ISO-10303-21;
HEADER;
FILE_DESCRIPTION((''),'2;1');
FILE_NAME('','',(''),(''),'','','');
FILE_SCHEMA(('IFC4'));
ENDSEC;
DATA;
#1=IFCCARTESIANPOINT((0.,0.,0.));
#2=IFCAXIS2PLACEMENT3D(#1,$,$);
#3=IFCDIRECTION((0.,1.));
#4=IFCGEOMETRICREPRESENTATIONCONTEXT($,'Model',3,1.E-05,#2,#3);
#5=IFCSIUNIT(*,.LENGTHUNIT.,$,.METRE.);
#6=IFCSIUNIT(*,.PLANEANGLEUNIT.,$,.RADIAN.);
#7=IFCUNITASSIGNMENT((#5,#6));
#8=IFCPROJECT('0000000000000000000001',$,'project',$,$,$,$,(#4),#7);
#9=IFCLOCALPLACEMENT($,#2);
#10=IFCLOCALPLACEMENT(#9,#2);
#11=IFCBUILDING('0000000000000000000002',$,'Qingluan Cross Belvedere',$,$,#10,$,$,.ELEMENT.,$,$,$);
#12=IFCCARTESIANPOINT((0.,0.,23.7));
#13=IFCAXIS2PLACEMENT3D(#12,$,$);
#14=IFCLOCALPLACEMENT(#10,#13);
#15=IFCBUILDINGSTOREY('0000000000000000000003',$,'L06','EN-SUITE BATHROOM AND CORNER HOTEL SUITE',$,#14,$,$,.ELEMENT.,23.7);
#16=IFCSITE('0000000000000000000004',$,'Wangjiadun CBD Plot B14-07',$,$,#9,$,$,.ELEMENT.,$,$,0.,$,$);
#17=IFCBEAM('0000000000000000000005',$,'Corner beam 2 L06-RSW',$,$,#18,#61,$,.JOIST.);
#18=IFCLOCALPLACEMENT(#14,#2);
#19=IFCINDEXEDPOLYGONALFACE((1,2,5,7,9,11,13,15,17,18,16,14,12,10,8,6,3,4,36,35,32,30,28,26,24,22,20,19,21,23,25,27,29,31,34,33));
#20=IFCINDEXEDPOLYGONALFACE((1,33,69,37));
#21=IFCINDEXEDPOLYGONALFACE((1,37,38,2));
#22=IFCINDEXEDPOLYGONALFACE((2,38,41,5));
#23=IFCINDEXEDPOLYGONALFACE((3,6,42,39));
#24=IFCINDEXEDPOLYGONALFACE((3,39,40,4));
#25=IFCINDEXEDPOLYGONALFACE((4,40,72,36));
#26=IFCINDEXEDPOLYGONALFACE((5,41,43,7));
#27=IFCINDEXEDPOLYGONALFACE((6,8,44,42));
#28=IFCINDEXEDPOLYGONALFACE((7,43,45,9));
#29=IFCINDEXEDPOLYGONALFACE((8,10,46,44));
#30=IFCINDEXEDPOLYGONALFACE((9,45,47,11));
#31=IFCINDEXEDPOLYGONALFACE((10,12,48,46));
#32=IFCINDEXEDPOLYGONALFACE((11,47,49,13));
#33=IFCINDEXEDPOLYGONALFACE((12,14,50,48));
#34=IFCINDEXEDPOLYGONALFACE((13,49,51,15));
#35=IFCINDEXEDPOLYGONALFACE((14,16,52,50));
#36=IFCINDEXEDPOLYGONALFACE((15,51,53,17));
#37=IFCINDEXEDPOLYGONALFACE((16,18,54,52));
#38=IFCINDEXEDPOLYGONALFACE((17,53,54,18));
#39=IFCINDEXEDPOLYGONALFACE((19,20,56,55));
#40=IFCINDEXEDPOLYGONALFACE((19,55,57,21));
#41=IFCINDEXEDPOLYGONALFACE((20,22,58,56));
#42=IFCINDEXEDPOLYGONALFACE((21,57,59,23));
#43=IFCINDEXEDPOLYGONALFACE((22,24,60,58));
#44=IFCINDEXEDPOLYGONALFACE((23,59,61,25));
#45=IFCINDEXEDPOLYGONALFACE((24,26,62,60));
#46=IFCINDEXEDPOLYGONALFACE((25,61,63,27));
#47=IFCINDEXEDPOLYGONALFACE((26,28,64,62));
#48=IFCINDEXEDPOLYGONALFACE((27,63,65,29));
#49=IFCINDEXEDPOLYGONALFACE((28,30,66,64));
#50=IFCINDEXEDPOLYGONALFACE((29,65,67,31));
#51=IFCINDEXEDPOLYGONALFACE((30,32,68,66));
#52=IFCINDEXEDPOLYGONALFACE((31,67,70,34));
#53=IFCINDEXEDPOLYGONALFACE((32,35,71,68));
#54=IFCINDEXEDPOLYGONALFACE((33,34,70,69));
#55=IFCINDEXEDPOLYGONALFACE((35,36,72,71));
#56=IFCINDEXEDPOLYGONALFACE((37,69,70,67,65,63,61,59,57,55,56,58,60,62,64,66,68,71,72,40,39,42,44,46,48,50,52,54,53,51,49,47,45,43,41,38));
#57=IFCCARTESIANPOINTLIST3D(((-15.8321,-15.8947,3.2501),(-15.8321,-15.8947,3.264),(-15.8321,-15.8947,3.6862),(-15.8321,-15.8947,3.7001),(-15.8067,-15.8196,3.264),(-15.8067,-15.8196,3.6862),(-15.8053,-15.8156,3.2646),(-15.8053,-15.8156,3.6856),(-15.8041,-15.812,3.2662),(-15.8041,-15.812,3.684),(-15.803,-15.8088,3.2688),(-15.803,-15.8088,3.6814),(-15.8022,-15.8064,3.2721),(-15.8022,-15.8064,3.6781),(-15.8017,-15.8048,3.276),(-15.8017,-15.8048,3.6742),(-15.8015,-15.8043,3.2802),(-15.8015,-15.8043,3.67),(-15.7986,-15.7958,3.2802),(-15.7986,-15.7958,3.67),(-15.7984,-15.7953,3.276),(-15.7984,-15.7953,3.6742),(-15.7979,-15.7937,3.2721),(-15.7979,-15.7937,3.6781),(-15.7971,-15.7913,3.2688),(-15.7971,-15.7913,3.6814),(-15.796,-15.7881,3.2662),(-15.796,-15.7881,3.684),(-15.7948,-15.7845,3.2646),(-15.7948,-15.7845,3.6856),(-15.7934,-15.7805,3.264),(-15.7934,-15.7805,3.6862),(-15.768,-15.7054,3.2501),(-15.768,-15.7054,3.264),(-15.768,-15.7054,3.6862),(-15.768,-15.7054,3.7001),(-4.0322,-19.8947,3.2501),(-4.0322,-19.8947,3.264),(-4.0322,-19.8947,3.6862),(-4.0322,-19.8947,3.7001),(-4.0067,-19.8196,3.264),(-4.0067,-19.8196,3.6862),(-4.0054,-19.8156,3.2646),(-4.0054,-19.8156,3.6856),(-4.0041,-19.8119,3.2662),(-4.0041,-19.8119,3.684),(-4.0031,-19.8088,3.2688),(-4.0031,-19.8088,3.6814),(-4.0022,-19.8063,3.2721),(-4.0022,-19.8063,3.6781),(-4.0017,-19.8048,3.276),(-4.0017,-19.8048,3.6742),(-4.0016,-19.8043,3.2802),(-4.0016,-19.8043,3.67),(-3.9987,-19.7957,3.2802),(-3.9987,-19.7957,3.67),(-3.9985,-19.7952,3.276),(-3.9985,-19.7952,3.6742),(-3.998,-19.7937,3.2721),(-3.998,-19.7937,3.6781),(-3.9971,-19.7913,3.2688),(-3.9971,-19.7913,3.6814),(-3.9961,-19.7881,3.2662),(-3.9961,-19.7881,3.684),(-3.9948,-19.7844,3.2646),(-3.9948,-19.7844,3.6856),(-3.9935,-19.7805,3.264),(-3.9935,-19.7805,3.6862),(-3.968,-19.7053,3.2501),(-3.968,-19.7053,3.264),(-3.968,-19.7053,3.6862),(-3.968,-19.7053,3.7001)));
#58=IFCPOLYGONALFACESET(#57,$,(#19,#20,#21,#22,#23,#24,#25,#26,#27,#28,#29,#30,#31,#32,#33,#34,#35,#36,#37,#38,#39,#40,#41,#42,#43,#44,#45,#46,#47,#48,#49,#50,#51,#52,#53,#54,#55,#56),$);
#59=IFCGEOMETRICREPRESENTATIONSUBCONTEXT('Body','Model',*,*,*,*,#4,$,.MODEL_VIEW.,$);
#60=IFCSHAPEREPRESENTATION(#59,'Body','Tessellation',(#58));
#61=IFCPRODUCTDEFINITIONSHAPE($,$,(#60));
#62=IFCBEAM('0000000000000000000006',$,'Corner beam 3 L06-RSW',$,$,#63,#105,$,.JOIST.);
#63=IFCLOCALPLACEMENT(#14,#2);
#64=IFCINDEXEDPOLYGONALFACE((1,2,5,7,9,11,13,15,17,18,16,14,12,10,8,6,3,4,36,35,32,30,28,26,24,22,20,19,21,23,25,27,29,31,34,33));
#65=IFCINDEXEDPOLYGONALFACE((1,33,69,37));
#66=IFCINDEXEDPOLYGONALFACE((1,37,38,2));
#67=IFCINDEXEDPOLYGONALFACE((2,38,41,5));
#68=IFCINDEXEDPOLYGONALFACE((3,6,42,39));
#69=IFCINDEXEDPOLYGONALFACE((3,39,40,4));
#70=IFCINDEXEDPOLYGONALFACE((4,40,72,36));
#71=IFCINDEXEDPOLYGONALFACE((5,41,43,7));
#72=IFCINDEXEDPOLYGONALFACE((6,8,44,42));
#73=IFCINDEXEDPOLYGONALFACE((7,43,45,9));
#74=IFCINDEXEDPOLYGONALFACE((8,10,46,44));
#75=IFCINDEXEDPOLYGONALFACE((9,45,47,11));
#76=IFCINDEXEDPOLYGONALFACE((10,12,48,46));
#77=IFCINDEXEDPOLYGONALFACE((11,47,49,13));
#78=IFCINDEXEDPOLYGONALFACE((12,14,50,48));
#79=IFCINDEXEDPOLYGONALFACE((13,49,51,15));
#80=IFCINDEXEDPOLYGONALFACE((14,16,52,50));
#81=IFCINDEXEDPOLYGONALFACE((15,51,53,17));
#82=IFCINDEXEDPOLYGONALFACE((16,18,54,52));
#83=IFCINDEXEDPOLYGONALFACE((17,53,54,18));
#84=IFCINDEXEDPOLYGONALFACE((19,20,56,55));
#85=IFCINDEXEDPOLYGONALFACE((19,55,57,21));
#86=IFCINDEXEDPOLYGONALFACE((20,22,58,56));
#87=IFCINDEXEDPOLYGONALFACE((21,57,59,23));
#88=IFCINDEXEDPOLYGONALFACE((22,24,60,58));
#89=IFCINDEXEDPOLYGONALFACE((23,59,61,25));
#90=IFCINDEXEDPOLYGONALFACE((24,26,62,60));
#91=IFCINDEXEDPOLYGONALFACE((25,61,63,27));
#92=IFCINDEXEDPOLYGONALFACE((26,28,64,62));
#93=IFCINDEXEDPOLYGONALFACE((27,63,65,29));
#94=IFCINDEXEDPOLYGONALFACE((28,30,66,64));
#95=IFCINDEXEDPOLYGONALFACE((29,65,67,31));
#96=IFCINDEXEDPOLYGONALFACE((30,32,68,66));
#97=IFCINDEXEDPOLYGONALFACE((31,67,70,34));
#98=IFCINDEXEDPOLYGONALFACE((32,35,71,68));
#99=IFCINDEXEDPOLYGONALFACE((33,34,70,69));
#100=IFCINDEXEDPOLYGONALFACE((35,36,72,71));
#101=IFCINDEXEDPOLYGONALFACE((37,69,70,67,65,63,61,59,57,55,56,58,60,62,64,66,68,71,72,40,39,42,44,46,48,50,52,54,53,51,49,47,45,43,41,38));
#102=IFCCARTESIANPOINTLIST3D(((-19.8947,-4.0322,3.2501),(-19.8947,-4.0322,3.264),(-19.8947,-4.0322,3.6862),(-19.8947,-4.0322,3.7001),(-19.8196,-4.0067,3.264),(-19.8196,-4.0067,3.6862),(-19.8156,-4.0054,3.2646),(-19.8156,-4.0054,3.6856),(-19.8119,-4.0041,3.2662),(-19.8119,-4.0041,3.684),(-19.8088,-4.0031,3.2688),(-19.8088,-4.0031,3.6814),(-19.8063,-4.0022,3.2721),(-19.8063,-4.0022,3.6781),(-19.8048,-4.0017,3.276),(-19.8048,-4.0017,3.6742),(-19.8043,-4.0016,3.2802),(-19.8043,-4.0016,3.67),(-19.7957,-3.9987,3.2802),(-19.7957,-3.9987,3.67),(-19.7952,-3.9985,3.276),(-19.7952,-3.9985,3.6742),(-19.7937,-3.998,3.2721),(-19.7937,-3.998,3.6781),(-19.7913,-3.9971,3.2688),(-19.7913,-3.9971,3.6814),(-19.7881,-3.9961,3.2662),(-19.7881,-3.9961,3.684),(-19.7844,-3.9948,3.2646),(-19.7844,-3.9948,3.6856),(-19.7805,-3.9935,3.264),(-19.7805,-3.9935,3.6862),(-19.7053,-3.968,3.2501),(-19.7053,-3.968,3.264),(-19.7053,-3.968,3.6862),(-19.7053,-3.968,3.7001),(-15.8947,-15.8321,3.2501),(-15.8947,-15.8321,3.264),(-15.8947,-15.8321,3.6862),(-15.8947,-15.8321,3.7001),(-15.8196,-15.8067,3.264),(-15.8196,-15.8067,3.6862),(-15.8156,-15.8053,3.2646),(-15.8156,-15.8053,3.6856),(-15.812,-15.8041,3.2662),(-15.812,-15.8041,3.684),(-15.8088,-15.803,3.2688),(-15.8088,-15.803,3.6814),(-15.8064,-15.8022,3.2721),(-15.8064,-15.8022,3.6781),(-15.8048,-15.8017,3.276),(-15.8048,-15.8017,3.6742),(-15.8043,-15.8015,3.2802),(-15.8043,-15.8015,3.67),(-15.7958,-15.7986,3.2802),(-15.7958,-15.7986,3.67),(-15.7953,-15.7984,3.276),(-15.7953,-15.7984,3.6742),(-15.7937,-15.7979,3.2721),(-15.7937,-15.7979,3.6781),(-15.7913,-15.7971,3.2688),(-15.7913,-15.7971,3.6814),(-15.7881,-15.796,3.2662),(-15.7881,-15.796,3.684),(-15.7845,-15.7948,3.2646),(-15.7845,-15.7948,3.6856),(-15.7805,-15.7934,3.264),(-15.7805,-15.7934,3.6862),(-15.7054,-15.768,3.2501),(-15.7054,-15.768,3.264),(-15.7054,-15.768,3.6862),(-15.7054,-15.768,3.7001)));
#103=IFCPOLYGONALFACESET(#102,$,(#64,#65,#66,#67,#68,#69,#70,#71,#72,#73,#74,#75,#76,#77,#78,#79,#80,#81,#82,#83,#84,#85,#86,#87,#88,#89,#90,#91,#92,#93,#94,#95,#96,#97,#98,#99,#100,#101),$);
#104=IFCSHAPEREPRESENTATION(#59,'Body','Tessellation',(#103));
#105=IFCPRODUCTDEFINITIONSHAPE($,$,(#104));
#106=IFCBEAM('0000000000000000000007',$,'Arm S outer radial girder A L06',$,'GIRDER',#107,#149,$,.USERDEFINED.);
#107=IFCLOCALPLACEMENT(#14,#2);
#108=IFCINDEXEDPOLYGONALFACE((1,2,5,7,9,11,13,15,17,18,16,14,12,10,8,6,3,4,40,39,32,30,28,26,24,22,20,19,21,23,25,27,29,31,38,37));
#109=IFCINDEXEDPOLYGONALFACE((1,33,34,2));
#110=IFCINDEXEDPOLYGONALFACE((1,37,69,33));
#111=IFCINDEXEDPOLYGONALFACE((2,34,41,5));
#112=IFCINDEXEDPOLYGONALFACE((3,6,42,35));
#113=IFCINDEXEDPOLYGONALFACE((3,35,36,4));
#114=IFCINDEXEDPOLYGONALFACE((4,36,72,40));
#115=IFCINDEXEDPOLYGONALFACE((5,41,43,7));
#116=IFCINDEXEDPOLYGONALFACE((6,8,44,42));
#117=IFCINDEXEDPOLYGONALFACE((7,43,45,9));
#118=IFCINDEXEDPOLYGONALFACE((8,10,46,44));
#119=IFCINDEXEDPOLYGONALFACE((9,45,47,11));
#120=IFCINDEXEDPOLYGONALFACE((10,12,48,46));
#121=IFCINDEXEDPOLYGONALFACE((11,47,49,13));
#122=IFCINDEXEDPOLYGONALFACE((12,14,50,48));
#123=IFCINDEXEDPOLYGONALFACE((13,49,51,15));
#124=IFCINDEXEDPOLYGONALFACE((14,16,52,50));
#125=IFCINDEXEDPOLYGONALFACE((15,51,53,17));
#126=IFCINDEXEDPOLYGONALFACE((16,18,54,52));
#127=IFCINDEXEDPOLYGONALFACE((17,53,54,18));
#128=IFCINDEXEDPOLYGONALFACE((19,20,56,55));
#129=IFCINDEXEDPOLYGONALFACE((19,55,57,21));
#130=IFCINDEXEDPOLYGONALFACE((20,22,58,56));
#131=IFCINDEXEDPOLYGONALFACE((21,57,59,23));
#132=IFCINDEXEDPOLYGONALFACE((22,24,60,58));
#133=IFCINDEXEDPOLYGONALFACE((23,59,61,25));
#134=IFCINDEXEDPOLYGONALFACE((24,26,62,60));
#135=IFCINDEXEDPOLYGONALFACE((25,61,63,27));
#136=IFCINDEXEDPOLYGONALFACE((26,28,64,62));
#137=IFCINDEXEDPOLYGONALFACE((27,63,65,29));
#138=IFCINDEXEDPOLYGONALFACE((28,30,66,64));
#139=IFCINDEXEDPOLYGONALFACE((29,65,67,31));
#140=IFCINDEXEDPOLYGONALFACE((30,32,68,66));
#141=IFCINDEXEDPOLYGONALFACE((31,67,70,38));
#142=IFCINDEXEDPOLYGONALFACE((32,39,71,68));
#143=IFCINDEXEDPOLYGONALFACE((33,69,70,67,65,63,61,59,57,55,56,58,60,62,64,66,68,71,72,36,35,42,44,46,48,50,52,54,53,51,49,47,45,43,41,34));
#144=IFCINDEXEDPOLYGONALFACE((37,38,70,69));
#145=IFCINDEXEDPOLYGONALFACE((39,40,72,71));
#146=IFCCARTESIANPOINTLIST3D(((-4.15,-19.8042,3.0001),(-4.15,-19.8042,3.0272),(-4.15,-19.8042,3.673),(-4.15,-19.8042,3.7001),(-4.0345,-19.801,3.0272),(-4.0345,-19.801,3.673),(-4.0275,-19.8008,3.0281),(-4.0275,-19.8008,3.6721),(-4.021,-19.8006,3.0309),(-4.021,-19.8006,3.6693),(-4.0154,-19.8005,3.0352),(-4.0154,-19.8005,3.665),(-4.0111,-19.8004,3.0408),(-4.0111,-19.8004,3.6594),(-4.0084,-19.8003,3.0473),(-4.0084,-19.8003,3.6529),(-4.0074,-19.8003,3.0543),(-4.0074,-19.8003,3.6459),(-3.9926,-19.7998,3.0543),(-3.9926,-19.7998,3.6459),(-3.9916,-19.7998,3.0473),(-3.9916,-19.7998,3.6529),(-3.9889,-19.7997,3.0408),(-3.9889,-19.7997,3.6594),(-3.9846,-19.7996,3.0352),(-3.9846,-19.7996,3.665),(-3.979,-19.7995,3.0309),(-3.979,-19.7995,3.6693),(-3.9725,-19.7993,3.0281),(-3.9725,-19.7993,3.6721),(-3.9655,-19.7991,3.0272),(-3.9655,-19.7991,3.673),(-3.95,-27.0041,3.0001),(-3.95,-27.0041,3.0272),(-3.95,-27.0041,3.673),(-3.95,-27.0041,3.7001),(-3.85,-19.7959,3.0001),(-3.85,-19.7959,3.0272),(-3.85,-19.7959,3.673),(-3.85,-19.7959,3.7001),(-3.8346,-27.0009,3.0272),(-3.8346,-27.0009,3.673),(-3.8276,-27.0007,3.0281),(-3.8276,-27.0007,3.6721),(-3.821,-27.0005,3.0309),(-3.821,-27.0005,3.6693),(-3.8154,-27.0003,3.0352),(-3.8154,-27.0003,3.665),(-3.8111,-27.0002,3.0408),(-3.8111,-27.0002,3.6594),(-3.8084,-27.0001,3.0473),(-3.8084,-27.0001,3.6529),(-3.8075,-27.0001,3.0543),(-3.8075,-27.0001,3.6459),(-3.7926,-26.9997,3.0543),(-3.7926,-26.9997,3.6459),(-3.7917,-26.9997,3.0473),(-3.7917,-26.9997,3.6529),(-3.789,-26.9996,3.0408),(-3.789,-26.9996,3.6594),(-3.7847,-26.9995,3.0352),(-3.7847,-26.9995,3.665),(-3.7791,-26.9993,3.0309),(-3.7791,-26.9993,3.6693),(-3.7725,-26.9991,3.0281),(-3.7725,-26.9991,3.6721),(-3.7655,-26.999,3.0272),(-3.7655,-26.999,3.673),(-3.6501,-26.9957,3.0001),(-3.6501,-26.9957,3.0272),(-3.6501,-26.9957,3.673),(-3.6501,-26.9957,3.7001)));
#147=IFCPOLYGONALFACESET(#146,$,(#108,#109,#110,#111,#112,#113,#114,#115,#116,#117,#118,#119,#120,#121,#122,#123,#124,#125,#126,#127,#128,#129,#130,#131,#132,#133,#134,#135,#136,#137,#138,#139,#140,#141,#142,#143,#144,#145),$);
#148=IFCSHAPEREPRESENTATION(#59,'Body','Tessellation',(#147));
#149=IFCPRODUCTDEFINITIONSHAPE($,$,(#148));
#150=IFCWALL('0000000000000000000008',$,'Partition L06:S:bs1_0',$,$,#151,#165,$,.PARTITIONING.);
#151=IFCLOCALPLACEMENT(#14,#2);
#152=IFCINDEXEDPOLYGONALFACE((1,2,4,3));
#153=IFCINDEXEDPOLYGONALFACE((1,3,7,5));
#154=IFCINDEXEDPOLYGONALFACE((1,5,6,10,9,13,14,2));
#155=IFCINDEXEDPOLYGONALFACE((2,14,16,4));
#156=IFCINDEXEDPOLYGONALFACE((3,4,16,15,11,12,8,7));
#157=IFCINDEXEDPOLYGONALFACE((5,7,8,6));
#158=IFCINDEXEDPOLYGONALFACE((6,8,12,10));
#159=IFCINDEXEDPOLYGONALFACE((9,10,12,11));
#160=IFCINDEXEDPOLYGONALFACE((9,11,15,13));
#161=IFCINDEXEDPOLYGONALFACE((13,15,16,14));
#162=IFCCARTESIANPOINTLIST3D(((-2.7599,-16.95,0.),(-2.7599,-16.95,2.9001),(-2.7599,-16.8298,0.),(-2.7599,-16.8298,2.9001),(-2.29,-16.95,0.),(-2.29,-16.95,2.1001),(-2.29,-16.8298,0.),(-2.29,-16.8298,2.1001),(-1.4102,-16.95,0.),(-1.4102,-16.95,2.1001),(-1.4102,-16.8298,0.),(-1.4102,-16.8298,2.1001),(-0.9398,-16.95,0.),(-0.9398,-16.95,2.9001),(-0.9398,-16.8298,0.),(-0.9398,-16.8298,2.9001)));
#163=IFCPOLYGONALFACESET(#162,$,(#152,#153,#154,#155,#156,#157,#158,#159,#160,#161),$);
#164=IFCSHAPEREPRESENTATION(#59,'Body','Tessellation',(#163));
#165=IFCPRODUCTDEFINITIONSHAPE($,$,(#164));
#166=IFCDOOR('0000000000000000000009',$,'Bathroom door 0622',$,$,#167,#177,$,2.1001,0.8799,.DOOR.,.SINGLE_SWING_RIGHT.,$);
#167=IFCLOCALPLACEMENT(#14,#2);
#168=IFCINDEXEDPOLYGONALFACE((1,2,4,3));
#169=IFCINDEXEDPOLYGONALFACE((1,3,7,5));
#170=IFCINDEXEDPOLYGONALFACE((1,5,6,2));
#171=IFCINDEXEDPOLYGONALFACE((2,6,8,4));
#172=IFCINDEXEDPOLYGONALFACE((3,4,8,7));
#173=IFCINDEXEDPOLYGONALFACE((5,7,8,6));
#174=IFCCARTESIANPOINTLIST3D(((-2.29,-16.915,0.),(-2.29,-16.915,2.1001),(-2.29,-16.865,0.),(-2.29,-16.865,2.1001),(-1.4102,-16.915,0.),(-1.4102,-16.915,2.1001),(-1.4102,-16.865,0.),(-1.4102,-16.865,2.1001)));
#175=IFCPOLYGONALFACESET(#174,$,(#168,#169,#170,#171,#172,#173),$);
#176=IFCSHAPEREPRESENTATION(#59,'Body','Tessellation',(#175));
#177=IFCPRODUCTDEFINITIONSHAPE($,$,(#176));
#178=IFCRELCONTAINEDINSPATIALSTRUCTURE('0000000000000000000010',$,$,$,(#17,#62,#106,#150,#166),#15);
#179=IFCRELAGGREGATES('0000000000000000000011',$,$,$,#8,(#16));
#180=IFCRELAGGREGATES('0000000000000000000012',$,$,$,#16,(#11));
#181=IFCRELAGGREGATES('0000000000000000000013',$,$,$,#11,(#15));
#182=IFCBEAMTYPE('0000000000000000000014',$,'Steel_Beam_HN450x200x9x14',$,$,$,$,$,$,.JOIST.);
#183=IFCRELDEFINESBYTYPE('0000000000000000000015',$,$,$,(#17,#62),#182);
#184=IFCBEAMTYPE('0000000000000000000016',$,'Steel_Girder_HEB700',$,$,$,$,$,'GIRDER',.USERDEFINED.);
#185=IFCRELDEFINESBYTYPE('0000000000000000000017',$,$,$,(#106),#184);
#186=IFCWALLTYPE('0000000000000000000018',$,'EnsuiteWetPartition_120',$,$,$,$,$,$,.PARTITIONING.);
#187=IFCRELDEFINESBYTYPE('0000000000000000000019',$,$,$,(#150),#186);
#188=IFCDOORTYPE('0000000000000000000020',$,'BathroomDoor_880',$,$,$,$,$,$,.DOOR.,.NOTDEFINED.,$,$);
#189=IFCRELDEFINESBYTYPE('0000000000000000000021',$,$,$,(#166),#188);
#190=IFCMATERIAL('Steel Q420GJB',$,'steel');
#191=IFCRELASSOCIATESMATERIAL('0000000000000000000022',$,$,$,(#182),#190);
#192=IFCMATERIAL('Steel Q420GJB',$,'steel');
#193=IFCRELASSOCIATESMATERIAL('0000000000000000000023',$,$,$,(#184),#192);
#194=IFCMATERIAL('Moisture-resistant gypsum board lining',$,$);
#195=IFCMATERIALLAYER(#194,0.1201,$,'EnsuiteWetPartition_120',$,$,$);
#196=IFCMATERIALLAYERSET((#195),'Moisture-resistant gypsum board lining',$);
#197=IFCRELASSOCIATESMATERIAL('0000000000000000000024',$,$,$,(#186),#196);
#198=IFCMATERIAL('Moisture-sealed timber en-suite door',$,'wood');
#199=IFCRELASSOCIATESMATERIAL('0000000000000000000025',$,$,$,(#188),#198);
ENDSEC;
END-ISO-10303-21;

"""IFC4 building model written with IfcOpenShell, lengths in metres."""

from ifc_helpers import new_model, si_unit, direction, frame, frame_2d, origin, origin_2d, place, context, subcontext, project, spatial, rectangle, i_section, extrude, material, layer, layer_set, material_profile, profile_set, type_object, element, fill, save


model = new_model("IFC4")

# Units and contexts
model_context = context("Model", 3, precision=1e-05, world=origin(), true_north=direction((0.0, 1.0)))
body_context = subcontext(model_context, "Body", "Model", "MODEL_VIEW")
ifc_project = project(units=[si_unit("LENGTHUNIT", "METRE"), si_unit("PLANEANGLEUNIT", "RADIAN")], contexts=[model_context])

# Site, building, storey
site_placement = place(None, origin())
site = spatial("IfcSite", under=ifc_project, at=site_placement, Name="Wangjiadun CBD Plot B14-07", CompositionType="ELEMENT", RefElevation=0.0)
building_placement = place(site_placement, origin())
building = spatial("IfcBuilding", under=site, at=building_placement, Name="Qingluan Cross Belvedere", CompositionType="ELEMENT")
storey_placement = place(building_placement, frame((0.0, 0.0, 23.7)))
storey = spatial("IfcBuildingStorey", under=building, at=storey_placement, Name="L06", Description="EN-SUITE BATHROOM AND CORNER HOTEL SUITE", CompositionType="ELEMENT", Elevation=23.7)

# Beams
ifc_material_1 = material(Name="Steel Q420GJB", Category="steel")
ifc_material_profile_1 = material_profile(ifc_material_1, i_section(OverallWidth=0.2, OverallDepth=0.45, WebThickness=0.009, FlangeThickness=0.0139, FilletRadius=0.0161, at=origin_2d()), Name="HN450x200x9x14")
ifc_profile_set_1 = profile_set([ifc_material_profile_1], Name="Steel Q420GJB")
beam_type_1 = type_object("IfcBeamType", Name="Steel_Beam_HN450x200x9x14", PredefinedType="JOIST", material=ifc_profile_set_1)
for number, where, z_axis, x_axis, name in (
    (1, (-15.8, -15.8, 3.4751), (0.947066, -0.321038, 0.0), (0.321038, 0.947066, 0.0), "Corner beam 2 L06-RSW"),
    (2, (-15.8, -15.8, 3.4751), (-0.321038, 0.947066, 0.0), (-0.947066, -0.321038, 0.0), "Corner beam 3 L06-RSW"),
):
    element("IfcBeam", number, at=place(storey_placement, frame(where, z_axis=z_axis, x_axis=x_axis)), inside=storey, type_object=beam_type_1, Name=name, PredefinedType="JOIST", context=body_context, shape_type="SweptSolid", body=[
        extrude(i_section(OverallWidth=0.2, OverallDepth=0.45, WebThickness=0.009, FlangeThickness=0.0139, FilletRadius=0.0161, at=origin_2d()), origin(), (0.0, 0.0, 1.0), 12.4595),
    ])
ifc_material_2 = material(Name="Steel Q420GJB", Category="steel")
ifc_material_profile_2 = material_profile(ifc_material_2, i_section(OverallWidth=0.3, OverallDepth=0.7, WebThickness=0.0149, FlangeThickness=0.0271, FilletRadius=0.0271, at=origin_2d()), Name="HEB700")
ifc_profile_set_2 = profile_set([ifc_material_profile_2], Name="Steel Q420GJB")
beam_type_2 = type_object("IfcBeamType", Name="Steel_Girder_HEB700", ElementType="GIRDER", PredefinedType="USERDEFINED", material=ifc_profile_set_2)
beam_1_placement = place(storey_placement, frame((-4.0, -19.8, 3.3501), z_axis=(0.02776, -0.999615, 0.0), x_axis=(0.999615, 0.02776, 0.0)))
element("IfcBeam", 3, at=beam_1_placement, inside=storey, type_object=beam_type_2, Name="Arm S outer radial girder A L06", ObjectType="GIRDER", PredefinedType="USERDEFINED", context=body_context, shape_type="SweptSolid", body=[
    extrude(i_section(OverallWidth=0.3, OverallDepth=0.7, WebThickness=0.0149, FlangeThickness=0.0271, FilletRadius=0.0271, at=origin_2d()), origin(), (0.0, 0.0, 1.0), 7.2026),
])

# Wall, opening, door
ifc_material_3 = material(Name="Moisture-resistant gypsum board lining")
ifc_layer_1 = layer(ifc_material_3, 0.1201, Name="EnsuiteWetPartition_120")
ifc_layer_set_1 = layer_set([ifc_layer_1], Name="Moisture-resistant gypsum board lining")
wall_type_1 = type_object("IfcWallType", Name="EnsuiteWetPartition_120", PredefinedType="PARTITIONING", material=ifc_layer_set_1)
wall_1_placement = place(storey_placement, frame((-2.76, -16.8899, 0.0), z_axis=(0.0, 0.0, 1.0), x_axis=(1.0, 0.0, 0.0)))
wall_1 = element("IfcWall", 4, at=wall_1_placement, inside=storey, type_object=wall_type_1, Name="Partition L06:S:bs1_0", PredefinedType="PARTITIONING", context=body_context, shape_type="SweptSolid", body=[
    extrude(rectangle(XDim=1.8201, YDim=0.1201, at=frame_2d((0.9102, 0.0))), origin(), (0.0, 0.0, 1.0), 2.9001),
])
opening_1_placement = place(wall_1_placement, frame((0.47, 0.0, 0.0)))
opening_1 = element("IfcOpeningElement", 5, at=opening_1_placement, cuts=wall_1, PredefinedType="OPENING", context=body_context, shape_type="SweptSolid", body=[
    extrude(rectangle(XDim=0.8799, YDim=2.1001, at=frame_2d((0.4399, 1.05))), frame((0.0, 0.0701, 0.0), z_axis=(0.0, -1.0, 0.0), x_axis=(1.0, 0.0, 0.0)), (0.0, 0.0, 1.0), 0.1401),
])
ifc_material_4 = material(Name="Moisture-sealed timber en-suite door", Category="wood")
door_type = type_object("IfcDoorType", Name="BathroomDoor_880", OperationType="NOTDEFINED", PredefinedType="DOOR", material=ifc_material_4)
door_1_placement = place(opening_1_placement, origin())
door_1 = element("IfcDoor", 6, at=door_1_placement, inside=storey, type_object=door_type, Name="Bathroom door 0622", OperationType="SINGLE_SWING_RIGHT", OverallHeight=2.1001, OverallWidth=0.8799, PredefinedType="DOOR", context=body_context, shape_type="SweptSolid", body=[
    extrude(rectangle(XDim=0.8799, YDim=2.1001, at=frame_2d((0.4399, 1.05))), frame((0.0, 0.0249, 0.0), z_axis=(0.0, -1.0, 0.0), x_axis=(1.0, 0.0, 0.0)), (0.0, 0.0, 1.0), 0.05),
])
fill(opening_1, door_1)

save(model, "model.ifc")
